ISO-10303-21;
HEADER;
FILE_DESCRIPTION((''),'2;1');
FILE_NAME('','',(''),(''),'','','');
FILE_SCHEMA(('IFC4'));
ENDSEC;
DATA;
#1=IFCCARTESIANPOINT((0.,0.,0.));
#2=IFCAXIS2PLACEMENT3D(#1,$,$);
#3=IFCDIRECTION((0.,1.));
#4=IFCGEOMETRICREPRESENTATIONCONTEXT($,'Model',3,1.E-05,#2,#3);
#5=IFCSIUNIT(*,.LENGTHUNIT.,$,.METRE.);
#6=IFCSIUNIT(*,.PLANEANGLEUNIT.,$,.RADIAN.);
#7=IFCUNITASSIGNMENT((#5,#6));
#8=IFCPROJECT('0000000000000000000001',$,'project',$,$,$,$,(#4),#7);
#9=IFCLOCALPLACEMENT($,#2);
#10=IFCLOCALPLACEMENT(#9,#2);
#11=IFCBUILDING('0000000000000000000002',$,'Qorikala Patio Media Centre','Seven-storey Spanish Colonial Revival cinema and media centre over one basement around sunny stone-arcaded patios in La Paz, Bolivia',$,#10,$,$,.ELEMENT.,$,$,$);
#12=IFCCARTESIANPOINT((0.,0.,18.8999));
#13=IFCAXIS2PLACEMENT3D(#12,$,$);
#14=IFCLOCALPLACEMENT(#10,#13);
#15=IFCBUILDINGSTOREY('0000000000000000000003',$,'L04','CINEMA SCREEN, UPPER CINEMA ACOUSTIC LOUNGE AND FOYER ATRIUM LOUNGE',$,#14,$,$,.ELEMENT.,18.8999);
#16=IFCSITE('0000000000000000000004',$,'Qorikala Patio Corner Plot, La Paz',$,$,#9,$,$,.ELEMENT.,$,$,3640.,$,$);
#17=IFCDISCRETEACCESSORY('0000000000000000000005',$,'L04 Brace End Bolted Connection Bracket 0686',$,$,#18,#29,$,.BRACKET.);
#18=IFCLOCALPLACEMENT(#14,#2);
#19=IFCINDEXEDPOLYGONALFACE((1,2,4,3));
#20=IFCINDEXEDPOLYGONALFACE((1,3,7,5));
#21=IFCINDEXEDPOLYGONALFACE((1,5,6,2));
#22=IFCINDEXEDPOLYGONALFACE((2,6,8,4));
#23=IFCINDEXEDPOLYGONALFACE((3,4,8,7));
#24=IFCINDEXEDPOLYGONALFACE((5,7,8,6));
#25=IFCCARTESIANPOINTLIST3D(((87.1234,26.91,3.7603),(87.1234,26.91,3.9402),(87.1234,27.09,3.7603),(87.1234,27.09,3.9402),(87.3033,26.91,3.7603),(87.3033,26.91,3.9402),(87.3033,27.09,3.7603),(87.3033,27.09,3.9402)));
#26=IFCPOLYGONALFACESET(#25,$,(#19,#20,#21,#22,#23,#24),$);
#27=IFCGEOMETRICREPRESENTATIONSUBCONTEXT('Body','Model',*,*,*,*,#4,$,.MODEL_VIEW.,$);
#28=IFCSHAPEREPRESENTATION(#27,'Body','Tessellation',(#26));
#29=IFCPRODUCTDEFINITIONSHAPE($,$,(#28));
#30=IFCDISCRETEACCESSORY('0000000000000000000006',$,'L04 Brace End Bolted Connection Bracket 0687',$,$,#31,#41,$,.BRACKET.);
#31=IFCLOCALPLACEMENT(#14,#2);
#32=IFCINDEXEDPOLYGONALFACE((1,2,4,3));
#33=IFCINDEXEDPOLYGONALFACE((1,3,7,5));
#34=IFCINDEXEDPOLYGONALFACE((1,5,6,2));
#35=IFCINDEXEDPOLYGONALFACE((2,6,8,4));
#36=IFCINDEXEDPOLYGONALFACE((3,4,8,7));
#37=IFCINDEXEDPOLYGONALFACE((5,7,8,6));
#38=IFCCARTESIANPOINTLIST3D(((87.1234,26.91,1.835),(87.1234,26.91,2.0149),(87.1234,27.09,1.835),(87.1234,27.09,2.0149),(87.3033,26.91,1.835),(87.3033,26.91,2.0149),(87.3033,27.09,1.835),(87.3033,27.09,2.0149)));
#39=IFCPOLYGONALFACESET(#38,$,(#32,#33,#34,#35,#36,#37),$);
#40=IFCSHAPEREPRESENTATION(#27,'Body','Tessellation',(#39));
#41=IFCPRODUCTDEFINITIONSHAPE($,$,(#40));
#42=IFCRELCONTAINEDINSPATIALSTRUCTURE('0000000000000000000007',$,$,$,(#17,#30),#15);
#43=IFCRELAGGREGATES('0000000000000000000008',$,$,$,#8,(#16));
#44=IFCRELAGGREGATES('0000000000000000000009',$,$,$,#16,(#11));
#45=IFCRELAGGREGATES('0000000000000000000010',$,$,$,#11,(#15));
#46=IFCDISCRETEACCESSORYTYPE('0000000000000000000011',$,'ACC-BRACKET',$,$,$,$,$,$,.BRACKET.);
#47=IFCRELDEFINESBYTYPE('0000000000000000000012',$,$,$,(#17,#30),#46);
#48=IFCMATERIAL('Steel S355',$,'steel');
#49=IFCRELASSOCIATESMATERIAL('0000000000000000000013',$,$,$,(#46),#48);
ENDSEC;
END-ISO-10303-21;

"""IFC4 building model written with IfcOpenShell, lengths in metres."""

from ifc_helpers import new_model, si_unit, direction, frame, origin, origin_2d, place, context, subcontext, project, spatial, rectangle, extrude, material, type_object, element, save


model = new_model("IFC4")

# Units and contexts
model_context = context("Model", 3, precision=1e-05, world=origin(), true_north=direction((0.0, 1.0)))
body_context = subcontext(model_context, "Body", "Model", "MODEL_VIEW")
ifc_project = project(units=[si_unit("LENGTHUNIT", "METRE"), si_unit("PLANEANGLEUNIT", "RADIAN")], contexts=[model_context])

# Site, building, storey
site_placement = place(None, origin())
site = spatial("IfcSite", under=ifc_project, at=site_placement, Name="Qorikala Patio Corner Plot, La Paz", CompositionType="ELEMENT", RefElevation=3640.0)
building_placement = place(site_placement, origin())
building = spatial("IfcBuilding", under=site, at=building_placement, Name="Qorikala Patio Media Centre", Description="Seven-storey Spanish Colonial Revival cinema and media centre over one basement around sunny stone-arcaded patios in La Paz, Bolivia", CompositionType="ELEMENT")
storey_placement = place(building_placement, frame((0.0, 0.0, 18.8999)))
storey = spatial("IfcBuildingStorey", under=building, at=storey_placement, Name="L04", Description="CINEMA SCREEN, UPPER CINEMA ACOUSTIC LOUNGE AND FOYER ATRIUM LOUNGE", CompositionType="ELEMENT", Elevation=18.8999)

# Discrete accessories
ifc_material_1 = material(Name="Steel S355", Category="steel")
discrete_accessory_type = type_object("IfcDiscreteAccessoryType", Name="ACC-BRACKET", PredefinedType="BRACKET", material=ifc_material_1)
for number, where, z_axis, x_axis, name in (
    (1, (87.2134, 27.0, 3.7603), (0.0, 0.0, 1.0), (1.0, 0.0, 0.0), "L04 Brace End Bolted Connection Bracket 0686"),
    (2, (87.2134, 27.0, 1.835), (0.0, 0.0, 1.0), (1.0, 0.0, 0.0), "L04 Brace End Bolted Connection Bracket 0687"),
):
    element("IfcDiscreteAccessory", number, at=place(storey_placement, frame(where, z_axis=z_axis, x_axis=x_axis)), inside=storey, type_object=discrete_accessory_type, Name=name, PredefinedType="BRACKET", context=body_context, shape_type="SweptSolid", body=[
        extrude(rectangle(XDim=0.1799, YDim=0.1799, at=origin_2d()), origin(), (0.0, 0.0, 1.0), 0.1799),
    ])

save(model, "model.ifc")
